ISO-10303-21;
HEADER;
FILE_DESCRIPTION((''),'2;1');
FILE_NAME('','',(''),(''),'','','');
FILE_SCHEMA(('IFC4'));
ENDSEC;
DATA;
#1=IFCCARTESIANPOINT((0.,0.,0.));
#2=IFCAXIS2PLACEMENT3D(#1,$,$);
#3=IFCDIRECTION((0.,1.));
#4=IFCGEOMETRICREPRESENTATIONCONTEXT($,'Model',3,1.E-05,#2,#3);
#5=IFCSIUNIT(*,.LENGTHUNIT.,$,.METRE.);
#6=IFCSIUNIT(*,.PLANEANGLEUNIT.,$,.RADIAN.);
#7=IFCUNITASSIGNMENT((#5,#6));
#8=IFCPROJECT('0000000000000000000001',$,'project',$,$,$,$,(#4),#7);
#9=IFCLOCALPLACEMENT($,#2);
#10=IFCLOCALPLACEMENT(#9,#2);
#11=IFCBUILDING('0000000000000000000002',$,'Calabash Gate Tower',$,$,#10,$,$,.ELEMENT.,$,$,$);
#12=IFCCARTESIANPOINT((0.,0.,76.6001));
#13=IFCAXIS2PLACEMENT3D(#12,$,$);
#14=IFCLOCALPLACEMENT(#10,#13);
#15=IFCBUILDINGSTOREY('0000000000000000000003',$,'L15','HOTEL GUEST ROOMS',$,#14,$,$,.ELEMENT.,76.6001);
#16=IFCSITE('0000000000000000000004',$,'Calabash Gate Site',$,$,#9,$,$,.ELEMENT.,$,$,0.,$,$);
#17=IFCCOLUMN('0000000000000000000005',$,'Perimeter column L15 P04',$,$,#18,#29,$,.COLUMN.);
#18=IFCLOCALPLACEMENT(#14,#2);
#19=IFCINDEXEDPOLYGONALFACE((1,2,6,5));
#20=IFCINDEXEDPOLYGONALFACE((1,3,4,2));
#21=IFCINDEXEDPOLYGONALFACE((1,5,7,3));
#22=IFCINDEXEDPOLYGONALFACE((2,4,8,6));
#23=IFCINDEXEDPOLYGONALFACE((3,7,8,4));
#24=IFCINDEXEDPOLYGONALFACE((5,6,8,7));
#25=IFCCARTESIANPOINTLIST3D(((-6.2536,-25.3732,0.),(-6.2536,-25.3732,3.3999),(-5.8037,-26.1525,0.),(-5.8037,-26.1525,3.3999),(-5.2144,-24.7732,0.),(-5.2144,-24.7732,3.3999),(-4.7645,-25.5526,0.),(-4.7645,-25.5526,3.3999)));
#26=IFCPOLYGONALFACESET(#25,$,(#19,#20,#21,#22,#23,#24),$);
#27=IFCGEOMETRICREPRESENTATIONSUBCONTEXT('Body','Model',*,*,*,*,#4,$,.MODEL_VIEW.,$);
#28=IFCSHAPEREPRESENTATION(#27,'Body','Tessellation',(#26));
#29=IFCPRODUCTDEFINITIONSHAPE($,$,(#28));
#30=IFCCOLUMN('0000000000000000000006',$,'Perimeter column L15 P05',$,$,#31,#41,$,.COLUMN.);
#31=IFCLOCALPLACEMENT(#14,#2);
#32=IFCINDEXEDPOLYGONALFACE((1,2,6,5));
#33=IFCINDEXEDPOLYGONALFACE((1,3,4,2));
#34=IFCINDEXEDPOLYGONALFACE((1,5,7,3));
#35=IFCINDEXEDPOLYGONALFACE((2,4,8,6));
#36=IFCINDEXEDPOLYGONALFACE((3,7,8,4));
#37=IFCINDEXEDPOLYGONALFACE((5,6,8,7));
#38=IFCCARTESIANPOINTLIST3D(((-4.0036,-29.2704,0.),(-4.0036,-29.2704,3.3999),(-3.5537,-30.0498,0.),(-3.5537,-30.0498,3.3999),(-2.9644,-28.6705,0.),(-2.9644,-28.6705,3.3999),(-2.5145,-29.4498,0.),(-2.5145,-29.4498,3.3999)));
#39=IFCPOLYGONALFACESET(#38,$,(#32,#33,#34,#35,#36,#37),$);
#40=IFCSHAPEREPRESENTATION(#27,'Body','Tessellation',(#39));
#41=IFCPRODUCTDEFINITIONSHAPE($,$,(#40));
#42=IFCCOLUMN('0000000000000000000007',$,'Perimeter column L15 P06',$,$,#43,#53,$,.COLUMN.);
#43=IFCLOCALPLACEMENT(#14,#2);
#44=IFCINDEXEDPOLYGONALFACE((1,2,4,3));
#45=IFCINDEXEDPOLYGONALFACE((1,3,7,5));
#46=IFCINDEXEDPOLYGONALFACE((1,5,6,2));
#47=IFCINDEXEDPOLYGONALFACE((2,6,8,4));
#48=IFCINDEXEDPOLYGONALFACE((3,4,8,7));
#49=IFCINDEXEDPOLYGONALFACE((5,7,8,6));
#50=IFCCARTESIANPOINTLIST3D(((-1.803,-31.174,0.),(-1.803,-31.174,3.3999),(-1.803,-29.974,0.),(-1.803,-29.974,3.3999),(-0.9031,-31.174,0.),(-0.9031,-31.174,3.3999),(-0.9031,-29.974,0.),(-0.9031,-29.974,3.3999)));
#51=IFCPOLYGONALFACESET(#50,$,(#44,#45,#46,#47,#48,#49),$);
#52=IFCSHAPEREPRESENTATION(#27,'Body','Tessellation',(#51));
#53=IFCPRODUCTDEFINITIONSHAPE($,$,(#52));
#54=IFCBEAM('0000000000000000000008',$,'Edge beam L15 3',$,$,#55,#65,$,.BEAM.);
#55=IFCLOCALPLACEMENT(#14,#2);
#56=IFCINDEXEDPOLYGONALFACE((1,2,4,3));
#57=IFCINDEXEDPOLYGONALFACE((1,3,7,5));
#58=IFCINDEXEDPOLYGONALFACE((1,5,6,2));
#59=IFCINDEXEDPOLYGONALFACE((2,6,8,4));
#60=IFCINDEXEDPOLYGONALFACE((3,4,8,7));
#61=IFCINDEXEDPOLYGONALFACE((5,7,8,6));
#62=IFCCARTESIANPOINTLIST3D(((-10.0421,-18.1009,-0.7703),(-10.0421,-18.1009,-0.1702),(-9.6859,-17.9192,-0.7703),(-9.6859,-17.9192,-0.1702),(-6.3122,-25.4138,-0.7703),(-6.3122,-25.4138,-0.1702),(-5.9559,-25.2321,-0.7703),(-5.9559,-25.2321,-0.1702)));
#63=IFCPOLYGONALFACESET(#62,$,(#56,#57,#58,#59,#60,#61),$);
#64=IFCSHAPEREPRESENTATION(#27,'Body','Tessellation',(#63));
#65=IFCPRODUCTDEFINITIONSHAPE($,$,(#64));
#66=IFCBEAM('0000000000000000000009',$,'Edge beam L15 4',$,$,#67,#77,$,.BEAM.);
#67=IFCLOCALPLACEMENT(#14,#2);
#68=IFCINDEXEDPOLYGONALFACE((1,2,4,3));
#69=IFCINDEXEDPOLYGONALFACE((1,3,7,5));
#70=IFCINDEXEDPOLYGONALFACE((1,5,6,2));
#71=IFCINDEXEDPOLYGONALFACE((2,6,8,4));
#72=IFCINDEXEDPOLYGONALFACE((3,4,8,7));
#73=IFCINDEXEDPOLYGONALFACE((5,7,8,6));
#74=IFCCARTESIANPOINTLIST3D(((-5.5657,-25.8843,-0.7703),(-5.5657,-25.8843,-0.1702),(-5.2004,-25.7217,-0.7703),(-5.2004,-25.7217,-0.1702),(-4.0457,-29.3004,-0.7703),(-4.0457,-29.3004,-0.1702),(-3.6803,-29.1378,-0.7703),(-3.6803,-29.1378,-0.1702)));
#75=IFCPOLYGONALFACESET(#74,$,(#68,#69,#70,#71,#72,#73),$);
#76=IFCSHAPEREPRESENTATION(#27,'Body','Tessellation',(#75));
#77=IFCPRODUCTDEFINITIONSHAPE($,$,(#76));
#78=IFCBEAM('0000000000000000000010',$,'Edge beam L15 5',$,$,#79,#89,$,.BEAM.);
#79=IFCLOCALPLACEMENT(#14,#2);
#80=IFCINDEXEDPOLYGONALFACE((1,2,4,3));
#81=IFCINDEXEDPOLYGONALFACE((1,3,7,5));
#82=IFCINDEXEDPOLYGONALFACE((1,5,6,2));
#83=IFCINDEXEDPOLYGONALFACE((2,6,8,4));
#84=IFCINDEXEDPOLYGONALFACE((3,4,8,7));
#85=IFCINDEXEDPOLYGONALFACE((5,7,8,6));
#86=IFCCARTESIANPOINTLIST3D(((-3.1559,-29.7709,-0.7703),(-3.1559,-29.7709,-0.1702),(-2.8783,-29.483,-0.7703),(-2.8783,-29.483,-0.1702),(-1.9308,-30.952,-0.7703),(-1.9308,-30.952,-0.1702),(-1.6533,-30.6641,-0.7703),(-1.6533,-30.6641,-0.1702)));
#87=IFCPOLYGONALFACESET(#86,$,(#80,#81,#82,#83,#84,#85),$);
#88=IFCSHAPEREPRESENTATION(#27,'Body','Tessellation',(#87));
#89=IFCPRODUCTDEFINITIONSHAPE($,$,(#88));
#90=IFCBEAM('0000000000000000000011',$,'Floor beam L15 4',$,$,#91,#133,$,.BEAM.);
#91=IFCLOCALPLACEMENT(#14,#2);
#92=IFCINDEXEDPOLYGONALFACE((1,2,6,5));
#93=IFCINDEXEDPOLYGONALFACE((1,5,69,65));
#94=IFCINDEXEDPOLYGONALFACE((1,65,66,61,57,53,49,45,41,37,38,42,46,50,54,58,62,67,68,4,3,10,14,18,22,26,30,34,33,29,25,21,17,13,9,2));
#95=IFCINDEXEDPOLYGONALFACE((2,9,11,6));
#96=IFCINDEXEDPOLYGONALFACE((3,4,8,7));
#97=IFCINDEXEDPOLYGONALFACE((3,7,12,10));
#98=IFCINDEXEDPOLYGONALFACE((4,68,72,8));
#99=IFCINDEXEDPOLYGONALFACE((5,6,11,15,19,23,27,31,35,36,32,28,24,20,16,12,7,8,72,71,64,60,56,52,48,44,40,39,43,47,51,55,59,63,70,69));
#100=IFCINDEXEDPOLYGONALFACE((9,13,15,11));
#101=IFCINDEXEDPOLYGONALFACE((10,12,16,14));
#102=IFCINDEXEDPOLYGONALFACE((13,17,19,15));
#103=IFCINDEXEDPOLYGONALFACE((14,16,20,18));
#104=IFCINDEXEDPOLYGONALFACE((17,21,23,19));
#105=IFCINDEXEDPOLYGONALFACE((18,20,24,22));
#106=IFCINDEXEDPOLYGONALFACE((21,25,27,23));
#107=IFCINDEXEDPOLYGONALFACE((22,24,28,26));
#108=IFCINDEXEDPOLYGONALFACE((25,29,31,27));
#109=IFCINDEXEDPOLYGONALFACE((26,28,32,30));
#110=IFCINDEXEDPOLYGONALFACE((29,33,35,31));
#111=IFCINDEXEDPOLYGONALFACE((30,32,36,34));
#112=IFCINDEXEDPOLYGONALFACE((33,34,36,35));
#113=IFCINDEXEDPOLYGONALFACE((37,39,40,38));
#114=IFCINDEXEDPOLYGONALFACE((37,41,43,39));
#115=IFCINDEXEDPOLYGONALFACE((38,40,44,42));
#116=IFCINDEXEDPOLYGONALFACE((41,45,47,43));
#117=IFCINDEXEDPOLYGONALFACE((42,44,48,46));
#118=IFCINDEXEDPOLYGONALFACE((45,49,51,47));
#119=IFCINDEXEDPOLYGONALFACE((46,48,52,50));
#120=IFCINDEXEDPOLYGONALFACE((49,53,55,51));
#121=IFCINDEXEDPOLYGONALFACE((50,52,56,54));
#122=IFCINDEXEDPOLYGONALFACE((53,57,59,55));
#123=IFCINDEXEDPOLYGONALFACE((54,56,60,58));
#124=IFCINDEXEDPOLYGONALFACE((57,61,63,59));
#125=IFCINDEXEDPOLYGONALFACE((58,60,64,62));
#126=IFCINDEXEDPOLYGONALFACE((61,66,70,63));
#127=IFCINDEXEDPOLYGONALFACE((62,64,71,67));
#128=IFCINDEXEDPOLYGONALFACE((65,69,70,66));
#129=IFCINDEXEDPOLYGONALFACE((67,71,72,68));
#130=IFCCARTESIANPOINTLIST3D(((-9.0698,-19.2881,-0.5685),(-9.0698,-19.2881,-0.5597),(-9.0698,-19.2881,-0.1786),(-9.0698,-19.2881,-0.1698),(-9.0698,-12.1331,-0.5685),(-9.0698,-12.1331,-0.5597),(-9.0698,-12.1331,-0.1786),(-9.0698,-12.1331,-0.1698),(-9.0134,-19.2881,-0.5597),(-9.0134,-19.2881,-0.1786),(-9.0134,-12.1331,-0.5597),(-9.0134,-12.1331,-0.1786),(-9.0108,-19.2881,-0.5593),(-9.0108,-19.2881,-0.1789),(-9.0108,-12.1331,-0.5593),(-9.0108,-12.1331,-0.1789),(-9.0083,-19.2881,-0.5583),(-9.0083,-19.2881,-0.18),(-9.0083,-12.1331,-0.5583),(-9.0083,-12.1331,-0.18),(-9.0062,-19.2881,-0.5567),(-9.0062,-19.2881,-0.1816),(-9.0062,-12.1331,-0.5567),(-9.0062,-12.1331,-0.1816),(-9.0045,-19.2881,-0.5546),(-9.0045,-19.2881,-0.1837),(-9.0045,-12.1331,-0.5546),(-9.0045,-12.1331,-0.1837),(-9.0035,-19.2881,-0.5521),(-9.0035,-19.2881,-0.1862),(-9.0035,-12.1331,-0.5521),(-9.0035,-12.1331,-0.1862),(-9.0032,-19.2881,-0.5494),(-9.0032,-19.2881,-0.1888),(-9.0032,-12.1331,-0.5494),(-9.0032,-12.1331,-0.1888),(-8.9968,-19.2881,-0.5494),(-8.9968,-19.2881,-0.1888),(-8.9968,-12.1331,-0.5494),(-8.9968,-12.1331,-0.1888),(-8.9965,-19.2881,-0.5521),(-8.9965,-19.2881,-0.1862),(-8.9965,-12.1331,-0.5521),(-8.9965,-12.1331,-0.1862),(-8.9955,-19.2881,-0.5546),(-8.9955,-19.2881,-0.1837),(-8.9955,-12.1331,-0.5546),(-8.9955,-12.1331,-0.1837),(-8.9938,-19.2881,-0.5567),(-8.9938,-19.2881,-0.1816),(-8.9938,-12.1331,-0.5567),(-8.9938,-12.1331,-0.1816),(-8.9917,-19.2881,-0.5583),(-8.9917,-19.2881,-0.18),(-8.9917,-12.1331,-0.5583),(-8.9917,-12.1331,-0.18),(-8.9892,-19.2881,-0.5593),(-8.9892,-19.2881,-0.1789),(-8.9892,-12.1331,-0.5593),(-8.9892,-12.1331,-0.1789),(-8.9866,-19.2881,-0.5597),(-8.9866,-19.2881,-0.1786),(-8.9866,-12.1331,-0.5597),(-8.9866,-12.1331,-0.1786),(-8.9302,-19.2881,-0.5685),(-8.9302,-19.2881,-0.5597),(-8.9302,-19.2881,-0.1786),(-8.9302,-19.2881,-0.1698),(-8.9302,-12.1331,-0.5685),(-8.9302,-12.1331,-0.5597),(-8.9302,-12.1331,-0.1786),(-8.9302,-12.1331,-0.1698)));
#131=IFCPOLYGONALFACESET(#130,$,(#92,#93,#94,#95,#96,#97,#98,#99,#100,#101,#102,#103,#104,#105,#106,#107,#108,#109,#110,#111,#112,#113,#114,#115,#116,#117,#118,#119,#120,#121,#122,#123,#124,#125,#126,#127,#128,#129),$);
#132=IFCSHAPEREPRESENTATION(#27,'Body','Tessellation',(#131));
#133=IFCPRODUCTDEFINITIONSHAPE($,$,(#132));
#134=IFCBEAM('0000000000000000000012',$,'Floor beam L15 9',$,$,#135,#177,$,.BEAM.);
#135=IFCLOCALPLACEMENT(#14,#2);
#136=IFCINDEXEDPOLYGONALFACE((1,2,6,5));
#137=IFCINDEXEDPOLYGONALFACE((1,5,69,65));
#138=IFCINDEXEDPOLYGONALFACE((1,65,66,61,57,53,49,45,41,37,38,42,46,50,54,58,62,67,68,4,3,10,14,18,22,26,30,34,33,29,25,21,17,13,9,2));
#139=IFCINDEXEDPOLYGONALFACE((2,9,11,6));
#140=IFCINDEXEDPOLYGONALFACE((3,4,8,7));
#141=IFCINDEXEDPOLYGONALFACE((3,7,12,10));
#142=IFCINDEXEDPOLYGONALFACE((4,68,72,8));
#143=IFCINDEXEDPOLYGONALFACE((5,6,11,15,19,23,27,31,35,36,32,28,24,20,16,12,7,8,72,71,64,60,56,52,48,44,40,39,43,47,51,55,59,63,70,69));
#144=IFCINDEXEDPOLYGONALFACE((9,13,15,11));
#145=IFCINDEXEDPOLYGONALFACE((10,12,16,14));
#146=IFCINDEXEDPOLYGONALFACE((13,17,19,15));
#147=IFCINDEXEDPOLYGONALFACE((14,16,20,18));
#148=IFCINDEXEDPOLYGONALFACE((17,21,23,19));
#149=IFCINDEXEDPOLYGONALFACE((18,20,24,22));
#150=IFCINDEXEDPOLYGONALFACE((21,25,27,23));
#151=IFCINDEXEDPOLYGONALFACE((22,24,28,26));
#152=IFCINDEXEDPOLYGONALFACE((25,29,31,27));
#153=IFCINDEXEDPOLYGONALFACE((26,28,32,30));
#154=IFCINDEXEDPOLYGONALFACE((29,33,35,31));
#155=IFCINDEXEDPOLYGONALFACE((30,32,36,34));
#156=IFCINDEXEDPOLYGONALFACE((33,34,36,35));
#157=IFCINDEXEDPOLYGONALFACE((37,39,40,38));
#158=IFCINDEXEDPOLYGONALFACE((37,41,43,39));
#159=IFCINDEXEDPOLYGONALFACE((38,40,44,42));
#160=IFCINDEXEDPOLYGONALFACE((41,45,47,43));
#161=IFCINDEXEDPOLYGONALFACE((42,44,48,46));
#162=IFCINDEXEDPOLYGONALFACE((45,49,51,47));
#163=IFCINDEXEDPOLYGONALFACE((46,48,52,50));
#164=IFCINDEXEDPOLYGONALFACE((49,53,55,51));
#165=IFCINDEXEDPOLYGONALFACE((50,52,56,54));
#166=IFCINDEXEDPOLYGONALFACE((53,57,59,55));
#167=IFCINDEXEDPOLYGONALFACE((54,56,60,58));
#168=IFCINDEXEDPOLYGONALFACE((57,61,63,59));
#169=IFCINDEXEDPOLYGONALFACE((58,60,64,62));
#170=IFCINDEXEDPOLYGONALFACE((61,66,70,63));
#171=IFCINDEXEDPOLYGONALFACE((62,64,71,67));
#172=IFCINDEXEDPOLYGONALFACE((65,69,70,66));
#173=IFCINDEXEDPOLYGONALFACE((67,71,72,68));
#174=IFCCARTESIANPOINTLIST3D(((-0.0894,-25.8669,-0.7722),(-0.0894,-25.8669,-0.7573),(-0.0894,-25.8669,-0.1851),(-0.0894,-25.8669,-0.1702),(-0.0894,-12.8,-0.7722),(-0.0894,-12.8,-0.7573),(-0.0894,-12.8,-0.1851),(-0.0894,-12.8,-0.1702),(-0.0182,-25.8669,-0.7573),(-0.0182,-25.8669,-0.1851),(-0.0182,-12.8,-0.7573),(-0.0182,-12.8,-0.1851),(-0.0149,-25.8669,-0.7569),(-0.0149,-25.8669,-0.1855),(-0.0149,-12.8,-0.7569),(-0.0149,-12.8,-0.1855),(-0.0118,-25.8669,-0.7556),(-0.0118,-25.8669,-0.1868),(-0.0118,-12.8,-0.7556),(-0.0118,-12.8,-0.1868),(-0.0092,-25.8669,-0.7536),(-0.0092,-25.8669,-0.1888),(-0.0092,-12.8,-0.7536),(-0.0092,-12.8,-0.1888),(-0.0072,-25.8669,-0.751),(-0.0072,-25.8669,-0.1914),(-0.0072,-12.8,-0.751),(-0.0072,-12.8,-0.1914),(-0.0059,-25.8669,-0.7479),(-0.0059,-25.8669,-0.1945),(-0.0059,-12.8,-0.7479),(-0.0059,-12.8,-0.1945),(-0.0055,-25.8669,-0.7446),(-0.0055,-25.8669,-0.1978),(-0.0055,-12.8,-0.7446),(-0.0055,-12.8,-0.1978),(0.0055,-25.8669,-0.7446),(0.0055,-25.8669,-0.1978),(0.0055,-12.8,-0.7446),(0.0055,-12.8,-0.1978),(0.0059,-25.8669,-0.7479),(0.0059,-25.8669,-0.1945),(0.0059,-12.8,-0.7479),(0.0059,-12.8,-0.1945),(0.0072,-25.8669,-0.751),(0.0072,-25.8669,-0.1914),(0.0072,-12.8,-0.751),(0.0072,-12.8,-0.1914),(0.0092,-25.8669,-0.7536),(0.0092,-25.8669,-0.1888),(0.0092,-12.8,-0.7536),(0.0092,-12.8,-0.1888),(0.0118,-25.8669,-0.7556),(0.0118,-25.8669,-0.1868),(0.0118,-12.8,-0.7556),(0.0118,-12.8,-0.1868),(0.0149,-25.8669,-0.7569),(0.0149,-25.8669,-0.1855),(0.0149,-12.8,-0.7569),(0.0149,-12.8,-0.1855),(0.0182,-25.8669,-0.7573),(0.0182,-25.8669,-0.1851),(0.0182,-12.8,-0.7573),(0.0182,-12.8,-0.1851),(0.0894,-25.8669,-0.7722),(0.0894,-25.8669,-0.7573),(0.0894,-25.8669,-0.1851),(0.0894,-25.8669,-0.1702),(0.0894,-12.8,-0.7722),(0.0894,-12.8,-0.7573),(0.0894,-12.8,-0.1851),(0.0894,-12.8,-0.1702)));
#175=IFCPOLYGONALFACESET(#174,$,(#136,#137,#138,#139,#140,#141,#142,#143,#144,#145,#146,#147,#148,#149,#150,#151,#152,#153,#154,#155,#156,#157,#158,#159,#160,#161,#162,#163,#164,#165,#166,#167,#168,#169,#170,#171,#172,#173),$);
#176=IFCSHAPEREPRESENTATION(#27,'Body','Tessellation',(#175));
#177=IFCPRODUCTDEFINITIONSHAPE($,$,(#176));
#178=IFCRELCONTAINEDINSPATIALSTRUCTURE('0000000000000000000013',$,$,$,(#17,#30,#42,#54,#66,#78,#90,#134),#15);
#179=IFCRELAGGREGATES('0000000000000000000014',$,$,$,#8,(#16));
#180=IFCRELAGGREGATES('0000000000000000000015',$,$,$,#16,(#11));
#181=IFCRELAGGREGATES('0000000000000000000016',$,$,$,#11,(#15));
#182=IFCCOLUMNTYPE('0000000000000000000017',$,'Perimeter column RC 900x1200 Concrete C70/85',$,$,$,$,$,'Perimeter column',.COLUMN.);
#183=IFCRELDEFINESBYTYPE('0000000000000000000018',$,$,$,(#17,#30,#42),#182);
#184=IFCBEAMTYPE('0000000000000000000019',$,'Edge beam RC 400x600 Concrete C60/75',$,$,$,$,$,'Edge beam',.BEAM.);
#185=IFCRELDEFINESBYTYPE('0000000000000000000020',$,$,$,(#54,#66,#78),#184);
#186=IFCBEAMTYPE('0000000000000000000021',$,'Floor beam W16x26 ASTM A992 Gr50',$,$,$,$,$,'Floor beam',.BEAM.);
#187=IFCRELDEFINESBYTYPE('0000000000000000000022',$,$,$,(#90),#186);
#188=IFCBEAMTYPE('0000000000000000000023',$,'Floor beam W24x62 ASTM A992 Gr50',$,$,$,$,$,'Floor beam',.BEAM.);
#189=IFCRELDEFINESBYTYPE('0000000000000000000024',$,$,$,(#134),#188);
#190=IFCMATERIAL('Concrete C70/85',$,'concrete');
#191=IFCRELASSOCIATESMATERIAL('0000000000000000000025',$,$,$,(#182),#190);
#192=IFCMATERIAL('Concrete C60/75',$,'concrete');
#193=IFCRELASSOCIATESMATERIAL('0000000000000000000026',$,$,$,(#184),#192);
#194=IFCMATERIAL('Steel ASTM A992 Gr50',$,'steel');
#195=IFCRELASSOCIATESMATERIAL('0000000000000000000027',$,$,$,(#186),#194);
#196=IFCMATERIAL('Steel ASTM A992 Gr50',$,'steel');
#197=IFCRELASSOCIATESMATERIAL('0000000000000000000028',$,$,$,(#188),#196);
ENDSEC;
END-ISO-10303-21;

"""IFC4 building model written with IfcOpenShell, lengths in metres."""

from ifc_helpers import new_model, si_unit, direction, frame, origin, origin_2d, place, context, subcontext, project, spatial, rectangle, i_section, extrude, material, material_profile, profile_set, type_object, element, save


model = new_model("IFC4")

# Units and contexts
model_context = context("Model", 3, precision=1e-05, world=origin(), true_north=direction((0.0, 1.0)))
body_context = subcontext(model_context, "Body", "Model", "MODEL_VIEW")
ifc_project = project(units=[si_unit("LENGTHUNIT", "METRE"), si_unit("PLANEANGLEUNIT", "RADIAN")], contexts=[model_context])

# Site, building, storey
site_placement = place(None, origin())
site = spatial("IfcSite", under=ifc_project, at=site_placement, Name="Calabash Gate Site", CompositionType="ELEMENT", RefElevation=0.0)
building_placement = place(site_placement, origin())
building = spatial("IfcBuilding", under=site, at=building_placement, Name="Calabash Gate Tower", CompositionType="ELEMENT")
storey_placement = place(building_placement, frame((0.0, 0.0, 76.6001)))
storey = spatial("IfcBuildingStorey", under=building, at=storey_placement, Name="L15", Description="HOTEL GUEST ROOMS", CompositionType="ELEMENT", Elevation=76.6001)

# Columns
ifc_material_1 = material(Name="Concrete C70/85", Category="concrete")
ifc_material_profile_1 = material_profile(ifc_material_1, rectangle(XDim=0.8999, YDim=1.2, at=origin_2d()))
ifc_profile_set_1 = profile_set([ifc_material_profile_1], Name="Concrete C70/85")
column_type = type_object("IfcColumnType", Name="Perimeter column RC 900x1200 Concrete C70/85", ElementType="Perimeter column", PredefinedType="COLUMN", material=ifc_profile_set_1)
for number, where, z_axis, x_axis, name in (
    (1, (-5.509, -25.4629, 0.0), (0.0, 0.0, 1.0), (0.5, -0.866025, 0.0), "Perimeter column L15 P04"),
    (2, (-3.259, -29.3601, 0.0), (0.0, 0.0, 1.0), (0.5, -0.866025, 0.0), "Perimeter column L15 P05"),
    (3, (-1.353, -30.574, 0.0), (0.0, 0.0, 1.0), (1.0, 0.0, 0.0), "Perimeter column L15 P06"),
):
    element("IfcColumn", number, at=place(storey_placement, frame(where, z_axis=z_axis, x_axis=x_axis)), inside=storey, type_object=column_type, Name=name, PredefinedType="COLUMN", context=body_context, shape_type="SweptSolid", body=[
        extrude(rectangle(XDim=0.8999, YDim=1.2, at=origin_2d()), origin(), (0.0, 0.0, 1.0), 3.3999),
    ])

# Beams
ifc_material_2 = material(Name="Concrete C60/75", Category="concrete")
ifc_material_profile_2 = material_profile(ifc_material_2, rectangle(XDim=0.3999, YDim=0.6001, at=origin_2d()))
ifc_profile_set_2 = profile_set([ifc_material_profile_2], Name="Concrete C60/75")
beam_type_1 = type_object("IfcBeamType", Name="Edge beam RC 400x600 Concrete C60/75", ElementType="Edge beam", PredefinedType="BEAM", material=ifc_profile_set_2)
beam_1_placement = place(storey_placement, frame((-9.864, -18.01, -0.4702), z_axis=(0.454361, -0.890818, 0.0), x_axis=(0.890818, 0.454361, 0.0)))
element("IfcBeam", 4, at=beam_1_placement, inside=storey, type_object=beam_type_1, Name="Edge beam L15 3", PredefinedType="BEAM", context=body_context, shape_type="SweptSolid", body=[
    extrude(rectangle(XDim=0.3999, YDim=0.6001, at=origin_2d()), origin(), (0.0, 0.0, 1.0), 8.2092),
])
beam_2_placement = place(storey_placement, frame((-5.3831, -25.803, -0.4702), z_axis=(0.406538, -0.913634, 0.0), x_axis=(0.913634, 0.406538, 0.0)))
element("IfcBeam", 5, at=beam_2_placement, inside=storey, type_object=beam_type_1, Name="Edge beam L15 4", PredefinedType="BEAM", context=body_context, shape_type="SweptSolid", body=[
    extrude(rectangle(XDim=0.3999, YDim=0.6001, at=origin_2d()), origin(), (0.0, 0.0, 1.0), 3.739),
])
beam_3_placement = place(storey_placement, frame((-3.0171, -29.627, -0.4702), z_axis=(0.719901, -0.694077, 0.0), x_axis=(0.694077, 0.719901, 0.0)))
element("IfcBeam", 6, at=beam_3_placement, inside=storey, type_object=beam_type_1, Name="Edge beam L15 5", PredefinedType="BEAM", context=body_context, shape_type="SweptSolid", body=[
    extrude(rectangle(XDim=0.3999, YDim=0.6001, at=origin_2d()), origin(), (0.0, 0.0, 1.0), 1.7017),
])
ifc_material_3 = material(Name="Steel ASTM A992 Gr50", Category="steel")
ifc_material_profile_3 = material_profile(ifc_material_3, i_section(OverallWidth=0.1396, OverallDepth=0.3987, WebThickness=0.0063, FlangeThickness=0.0088, FilletRadius=0.0103, at=origin_2d()))
ifc_profile_set_3 = profile_set([ifc_material_profile_3], Name="Steel ASTM A992 Gr50")
beam_type_2 = type_object("IfcBeamType", Name="Floor beam W16x26 ASTM A992 Gr50", ElementType="Floor beam", PredefinedType="BEAM", material=ifc_profile_set_3)
beam_4_placement = place(storey_placement, frame((-9.0, -19.2881, -0.3691), z_axis=(0.0, 1.0, 0.0), x_axis=(-1.0, 0.0, 0.0)))
element("IfcBeam", 7, at=beam_4_placement, inside=storey, type_object=beam_type_2, Name="Floor beam L15 4", PredefinedType="BEAM", context=body_context, shape_type="SweptSolid", body=[
    extrude(i_section(OverallWidth=0.1396, OverallDepth=0.3987, WebThickness=0.0063, FlangeThickness=0.0088, FilletRadius=0.0103, at=origin_2d()), origin(), (0.0, 0.0, 1.0), 7.155),
])
ifc_material_4 = material(Name="Steel ASTM A992 Gr50", Category="steel")
ifc_material_profile_4 = material_profile(ifc_material_4, i_section(OverallWidth=0.1787, OverallDepth=0.6021, WebThickness=0.011, FlangeThickness=0.0149, FilletRadius=0.0127, at=origin_2d()))
ifc_profile_set_4 = profile_set([ifc_material_profile_4], Name="Steel ASTM A992 Gr50")
beam_type_3 = type_object("IfcBeamType", Name="Floor beam W24x62 ASTM A992 Gr50", ElementType="Floor beam", PredefinedType="BEAM", material=ifc_profile_set_4)
beam_5_placement = place(storey_placement, frame((0.0, -25.8669, -0.4712), z_axis=(0.0, 1.0, 0.0), x_axis=(-1.0, 0.0, 0.0)))
element("IfcBeam", 8, at=beam_5_placement, inside=storey, type_object=beam_type_3, Name="Floor beam L15 9", PredefinedType="BEAM", context=body_context, shape_type="SweptSolid", body=[
    extrude(i_section(OverallWidth=0.1787, OverallDepth=0.6021, WebThickness=0.011, FlangeThickness=0.0149, FilletRadius=0.0127, at=origin_2d()), origin(), (0.0, 0.0, 1.0), 13.0669),
])

save(model, "model.ifc")
